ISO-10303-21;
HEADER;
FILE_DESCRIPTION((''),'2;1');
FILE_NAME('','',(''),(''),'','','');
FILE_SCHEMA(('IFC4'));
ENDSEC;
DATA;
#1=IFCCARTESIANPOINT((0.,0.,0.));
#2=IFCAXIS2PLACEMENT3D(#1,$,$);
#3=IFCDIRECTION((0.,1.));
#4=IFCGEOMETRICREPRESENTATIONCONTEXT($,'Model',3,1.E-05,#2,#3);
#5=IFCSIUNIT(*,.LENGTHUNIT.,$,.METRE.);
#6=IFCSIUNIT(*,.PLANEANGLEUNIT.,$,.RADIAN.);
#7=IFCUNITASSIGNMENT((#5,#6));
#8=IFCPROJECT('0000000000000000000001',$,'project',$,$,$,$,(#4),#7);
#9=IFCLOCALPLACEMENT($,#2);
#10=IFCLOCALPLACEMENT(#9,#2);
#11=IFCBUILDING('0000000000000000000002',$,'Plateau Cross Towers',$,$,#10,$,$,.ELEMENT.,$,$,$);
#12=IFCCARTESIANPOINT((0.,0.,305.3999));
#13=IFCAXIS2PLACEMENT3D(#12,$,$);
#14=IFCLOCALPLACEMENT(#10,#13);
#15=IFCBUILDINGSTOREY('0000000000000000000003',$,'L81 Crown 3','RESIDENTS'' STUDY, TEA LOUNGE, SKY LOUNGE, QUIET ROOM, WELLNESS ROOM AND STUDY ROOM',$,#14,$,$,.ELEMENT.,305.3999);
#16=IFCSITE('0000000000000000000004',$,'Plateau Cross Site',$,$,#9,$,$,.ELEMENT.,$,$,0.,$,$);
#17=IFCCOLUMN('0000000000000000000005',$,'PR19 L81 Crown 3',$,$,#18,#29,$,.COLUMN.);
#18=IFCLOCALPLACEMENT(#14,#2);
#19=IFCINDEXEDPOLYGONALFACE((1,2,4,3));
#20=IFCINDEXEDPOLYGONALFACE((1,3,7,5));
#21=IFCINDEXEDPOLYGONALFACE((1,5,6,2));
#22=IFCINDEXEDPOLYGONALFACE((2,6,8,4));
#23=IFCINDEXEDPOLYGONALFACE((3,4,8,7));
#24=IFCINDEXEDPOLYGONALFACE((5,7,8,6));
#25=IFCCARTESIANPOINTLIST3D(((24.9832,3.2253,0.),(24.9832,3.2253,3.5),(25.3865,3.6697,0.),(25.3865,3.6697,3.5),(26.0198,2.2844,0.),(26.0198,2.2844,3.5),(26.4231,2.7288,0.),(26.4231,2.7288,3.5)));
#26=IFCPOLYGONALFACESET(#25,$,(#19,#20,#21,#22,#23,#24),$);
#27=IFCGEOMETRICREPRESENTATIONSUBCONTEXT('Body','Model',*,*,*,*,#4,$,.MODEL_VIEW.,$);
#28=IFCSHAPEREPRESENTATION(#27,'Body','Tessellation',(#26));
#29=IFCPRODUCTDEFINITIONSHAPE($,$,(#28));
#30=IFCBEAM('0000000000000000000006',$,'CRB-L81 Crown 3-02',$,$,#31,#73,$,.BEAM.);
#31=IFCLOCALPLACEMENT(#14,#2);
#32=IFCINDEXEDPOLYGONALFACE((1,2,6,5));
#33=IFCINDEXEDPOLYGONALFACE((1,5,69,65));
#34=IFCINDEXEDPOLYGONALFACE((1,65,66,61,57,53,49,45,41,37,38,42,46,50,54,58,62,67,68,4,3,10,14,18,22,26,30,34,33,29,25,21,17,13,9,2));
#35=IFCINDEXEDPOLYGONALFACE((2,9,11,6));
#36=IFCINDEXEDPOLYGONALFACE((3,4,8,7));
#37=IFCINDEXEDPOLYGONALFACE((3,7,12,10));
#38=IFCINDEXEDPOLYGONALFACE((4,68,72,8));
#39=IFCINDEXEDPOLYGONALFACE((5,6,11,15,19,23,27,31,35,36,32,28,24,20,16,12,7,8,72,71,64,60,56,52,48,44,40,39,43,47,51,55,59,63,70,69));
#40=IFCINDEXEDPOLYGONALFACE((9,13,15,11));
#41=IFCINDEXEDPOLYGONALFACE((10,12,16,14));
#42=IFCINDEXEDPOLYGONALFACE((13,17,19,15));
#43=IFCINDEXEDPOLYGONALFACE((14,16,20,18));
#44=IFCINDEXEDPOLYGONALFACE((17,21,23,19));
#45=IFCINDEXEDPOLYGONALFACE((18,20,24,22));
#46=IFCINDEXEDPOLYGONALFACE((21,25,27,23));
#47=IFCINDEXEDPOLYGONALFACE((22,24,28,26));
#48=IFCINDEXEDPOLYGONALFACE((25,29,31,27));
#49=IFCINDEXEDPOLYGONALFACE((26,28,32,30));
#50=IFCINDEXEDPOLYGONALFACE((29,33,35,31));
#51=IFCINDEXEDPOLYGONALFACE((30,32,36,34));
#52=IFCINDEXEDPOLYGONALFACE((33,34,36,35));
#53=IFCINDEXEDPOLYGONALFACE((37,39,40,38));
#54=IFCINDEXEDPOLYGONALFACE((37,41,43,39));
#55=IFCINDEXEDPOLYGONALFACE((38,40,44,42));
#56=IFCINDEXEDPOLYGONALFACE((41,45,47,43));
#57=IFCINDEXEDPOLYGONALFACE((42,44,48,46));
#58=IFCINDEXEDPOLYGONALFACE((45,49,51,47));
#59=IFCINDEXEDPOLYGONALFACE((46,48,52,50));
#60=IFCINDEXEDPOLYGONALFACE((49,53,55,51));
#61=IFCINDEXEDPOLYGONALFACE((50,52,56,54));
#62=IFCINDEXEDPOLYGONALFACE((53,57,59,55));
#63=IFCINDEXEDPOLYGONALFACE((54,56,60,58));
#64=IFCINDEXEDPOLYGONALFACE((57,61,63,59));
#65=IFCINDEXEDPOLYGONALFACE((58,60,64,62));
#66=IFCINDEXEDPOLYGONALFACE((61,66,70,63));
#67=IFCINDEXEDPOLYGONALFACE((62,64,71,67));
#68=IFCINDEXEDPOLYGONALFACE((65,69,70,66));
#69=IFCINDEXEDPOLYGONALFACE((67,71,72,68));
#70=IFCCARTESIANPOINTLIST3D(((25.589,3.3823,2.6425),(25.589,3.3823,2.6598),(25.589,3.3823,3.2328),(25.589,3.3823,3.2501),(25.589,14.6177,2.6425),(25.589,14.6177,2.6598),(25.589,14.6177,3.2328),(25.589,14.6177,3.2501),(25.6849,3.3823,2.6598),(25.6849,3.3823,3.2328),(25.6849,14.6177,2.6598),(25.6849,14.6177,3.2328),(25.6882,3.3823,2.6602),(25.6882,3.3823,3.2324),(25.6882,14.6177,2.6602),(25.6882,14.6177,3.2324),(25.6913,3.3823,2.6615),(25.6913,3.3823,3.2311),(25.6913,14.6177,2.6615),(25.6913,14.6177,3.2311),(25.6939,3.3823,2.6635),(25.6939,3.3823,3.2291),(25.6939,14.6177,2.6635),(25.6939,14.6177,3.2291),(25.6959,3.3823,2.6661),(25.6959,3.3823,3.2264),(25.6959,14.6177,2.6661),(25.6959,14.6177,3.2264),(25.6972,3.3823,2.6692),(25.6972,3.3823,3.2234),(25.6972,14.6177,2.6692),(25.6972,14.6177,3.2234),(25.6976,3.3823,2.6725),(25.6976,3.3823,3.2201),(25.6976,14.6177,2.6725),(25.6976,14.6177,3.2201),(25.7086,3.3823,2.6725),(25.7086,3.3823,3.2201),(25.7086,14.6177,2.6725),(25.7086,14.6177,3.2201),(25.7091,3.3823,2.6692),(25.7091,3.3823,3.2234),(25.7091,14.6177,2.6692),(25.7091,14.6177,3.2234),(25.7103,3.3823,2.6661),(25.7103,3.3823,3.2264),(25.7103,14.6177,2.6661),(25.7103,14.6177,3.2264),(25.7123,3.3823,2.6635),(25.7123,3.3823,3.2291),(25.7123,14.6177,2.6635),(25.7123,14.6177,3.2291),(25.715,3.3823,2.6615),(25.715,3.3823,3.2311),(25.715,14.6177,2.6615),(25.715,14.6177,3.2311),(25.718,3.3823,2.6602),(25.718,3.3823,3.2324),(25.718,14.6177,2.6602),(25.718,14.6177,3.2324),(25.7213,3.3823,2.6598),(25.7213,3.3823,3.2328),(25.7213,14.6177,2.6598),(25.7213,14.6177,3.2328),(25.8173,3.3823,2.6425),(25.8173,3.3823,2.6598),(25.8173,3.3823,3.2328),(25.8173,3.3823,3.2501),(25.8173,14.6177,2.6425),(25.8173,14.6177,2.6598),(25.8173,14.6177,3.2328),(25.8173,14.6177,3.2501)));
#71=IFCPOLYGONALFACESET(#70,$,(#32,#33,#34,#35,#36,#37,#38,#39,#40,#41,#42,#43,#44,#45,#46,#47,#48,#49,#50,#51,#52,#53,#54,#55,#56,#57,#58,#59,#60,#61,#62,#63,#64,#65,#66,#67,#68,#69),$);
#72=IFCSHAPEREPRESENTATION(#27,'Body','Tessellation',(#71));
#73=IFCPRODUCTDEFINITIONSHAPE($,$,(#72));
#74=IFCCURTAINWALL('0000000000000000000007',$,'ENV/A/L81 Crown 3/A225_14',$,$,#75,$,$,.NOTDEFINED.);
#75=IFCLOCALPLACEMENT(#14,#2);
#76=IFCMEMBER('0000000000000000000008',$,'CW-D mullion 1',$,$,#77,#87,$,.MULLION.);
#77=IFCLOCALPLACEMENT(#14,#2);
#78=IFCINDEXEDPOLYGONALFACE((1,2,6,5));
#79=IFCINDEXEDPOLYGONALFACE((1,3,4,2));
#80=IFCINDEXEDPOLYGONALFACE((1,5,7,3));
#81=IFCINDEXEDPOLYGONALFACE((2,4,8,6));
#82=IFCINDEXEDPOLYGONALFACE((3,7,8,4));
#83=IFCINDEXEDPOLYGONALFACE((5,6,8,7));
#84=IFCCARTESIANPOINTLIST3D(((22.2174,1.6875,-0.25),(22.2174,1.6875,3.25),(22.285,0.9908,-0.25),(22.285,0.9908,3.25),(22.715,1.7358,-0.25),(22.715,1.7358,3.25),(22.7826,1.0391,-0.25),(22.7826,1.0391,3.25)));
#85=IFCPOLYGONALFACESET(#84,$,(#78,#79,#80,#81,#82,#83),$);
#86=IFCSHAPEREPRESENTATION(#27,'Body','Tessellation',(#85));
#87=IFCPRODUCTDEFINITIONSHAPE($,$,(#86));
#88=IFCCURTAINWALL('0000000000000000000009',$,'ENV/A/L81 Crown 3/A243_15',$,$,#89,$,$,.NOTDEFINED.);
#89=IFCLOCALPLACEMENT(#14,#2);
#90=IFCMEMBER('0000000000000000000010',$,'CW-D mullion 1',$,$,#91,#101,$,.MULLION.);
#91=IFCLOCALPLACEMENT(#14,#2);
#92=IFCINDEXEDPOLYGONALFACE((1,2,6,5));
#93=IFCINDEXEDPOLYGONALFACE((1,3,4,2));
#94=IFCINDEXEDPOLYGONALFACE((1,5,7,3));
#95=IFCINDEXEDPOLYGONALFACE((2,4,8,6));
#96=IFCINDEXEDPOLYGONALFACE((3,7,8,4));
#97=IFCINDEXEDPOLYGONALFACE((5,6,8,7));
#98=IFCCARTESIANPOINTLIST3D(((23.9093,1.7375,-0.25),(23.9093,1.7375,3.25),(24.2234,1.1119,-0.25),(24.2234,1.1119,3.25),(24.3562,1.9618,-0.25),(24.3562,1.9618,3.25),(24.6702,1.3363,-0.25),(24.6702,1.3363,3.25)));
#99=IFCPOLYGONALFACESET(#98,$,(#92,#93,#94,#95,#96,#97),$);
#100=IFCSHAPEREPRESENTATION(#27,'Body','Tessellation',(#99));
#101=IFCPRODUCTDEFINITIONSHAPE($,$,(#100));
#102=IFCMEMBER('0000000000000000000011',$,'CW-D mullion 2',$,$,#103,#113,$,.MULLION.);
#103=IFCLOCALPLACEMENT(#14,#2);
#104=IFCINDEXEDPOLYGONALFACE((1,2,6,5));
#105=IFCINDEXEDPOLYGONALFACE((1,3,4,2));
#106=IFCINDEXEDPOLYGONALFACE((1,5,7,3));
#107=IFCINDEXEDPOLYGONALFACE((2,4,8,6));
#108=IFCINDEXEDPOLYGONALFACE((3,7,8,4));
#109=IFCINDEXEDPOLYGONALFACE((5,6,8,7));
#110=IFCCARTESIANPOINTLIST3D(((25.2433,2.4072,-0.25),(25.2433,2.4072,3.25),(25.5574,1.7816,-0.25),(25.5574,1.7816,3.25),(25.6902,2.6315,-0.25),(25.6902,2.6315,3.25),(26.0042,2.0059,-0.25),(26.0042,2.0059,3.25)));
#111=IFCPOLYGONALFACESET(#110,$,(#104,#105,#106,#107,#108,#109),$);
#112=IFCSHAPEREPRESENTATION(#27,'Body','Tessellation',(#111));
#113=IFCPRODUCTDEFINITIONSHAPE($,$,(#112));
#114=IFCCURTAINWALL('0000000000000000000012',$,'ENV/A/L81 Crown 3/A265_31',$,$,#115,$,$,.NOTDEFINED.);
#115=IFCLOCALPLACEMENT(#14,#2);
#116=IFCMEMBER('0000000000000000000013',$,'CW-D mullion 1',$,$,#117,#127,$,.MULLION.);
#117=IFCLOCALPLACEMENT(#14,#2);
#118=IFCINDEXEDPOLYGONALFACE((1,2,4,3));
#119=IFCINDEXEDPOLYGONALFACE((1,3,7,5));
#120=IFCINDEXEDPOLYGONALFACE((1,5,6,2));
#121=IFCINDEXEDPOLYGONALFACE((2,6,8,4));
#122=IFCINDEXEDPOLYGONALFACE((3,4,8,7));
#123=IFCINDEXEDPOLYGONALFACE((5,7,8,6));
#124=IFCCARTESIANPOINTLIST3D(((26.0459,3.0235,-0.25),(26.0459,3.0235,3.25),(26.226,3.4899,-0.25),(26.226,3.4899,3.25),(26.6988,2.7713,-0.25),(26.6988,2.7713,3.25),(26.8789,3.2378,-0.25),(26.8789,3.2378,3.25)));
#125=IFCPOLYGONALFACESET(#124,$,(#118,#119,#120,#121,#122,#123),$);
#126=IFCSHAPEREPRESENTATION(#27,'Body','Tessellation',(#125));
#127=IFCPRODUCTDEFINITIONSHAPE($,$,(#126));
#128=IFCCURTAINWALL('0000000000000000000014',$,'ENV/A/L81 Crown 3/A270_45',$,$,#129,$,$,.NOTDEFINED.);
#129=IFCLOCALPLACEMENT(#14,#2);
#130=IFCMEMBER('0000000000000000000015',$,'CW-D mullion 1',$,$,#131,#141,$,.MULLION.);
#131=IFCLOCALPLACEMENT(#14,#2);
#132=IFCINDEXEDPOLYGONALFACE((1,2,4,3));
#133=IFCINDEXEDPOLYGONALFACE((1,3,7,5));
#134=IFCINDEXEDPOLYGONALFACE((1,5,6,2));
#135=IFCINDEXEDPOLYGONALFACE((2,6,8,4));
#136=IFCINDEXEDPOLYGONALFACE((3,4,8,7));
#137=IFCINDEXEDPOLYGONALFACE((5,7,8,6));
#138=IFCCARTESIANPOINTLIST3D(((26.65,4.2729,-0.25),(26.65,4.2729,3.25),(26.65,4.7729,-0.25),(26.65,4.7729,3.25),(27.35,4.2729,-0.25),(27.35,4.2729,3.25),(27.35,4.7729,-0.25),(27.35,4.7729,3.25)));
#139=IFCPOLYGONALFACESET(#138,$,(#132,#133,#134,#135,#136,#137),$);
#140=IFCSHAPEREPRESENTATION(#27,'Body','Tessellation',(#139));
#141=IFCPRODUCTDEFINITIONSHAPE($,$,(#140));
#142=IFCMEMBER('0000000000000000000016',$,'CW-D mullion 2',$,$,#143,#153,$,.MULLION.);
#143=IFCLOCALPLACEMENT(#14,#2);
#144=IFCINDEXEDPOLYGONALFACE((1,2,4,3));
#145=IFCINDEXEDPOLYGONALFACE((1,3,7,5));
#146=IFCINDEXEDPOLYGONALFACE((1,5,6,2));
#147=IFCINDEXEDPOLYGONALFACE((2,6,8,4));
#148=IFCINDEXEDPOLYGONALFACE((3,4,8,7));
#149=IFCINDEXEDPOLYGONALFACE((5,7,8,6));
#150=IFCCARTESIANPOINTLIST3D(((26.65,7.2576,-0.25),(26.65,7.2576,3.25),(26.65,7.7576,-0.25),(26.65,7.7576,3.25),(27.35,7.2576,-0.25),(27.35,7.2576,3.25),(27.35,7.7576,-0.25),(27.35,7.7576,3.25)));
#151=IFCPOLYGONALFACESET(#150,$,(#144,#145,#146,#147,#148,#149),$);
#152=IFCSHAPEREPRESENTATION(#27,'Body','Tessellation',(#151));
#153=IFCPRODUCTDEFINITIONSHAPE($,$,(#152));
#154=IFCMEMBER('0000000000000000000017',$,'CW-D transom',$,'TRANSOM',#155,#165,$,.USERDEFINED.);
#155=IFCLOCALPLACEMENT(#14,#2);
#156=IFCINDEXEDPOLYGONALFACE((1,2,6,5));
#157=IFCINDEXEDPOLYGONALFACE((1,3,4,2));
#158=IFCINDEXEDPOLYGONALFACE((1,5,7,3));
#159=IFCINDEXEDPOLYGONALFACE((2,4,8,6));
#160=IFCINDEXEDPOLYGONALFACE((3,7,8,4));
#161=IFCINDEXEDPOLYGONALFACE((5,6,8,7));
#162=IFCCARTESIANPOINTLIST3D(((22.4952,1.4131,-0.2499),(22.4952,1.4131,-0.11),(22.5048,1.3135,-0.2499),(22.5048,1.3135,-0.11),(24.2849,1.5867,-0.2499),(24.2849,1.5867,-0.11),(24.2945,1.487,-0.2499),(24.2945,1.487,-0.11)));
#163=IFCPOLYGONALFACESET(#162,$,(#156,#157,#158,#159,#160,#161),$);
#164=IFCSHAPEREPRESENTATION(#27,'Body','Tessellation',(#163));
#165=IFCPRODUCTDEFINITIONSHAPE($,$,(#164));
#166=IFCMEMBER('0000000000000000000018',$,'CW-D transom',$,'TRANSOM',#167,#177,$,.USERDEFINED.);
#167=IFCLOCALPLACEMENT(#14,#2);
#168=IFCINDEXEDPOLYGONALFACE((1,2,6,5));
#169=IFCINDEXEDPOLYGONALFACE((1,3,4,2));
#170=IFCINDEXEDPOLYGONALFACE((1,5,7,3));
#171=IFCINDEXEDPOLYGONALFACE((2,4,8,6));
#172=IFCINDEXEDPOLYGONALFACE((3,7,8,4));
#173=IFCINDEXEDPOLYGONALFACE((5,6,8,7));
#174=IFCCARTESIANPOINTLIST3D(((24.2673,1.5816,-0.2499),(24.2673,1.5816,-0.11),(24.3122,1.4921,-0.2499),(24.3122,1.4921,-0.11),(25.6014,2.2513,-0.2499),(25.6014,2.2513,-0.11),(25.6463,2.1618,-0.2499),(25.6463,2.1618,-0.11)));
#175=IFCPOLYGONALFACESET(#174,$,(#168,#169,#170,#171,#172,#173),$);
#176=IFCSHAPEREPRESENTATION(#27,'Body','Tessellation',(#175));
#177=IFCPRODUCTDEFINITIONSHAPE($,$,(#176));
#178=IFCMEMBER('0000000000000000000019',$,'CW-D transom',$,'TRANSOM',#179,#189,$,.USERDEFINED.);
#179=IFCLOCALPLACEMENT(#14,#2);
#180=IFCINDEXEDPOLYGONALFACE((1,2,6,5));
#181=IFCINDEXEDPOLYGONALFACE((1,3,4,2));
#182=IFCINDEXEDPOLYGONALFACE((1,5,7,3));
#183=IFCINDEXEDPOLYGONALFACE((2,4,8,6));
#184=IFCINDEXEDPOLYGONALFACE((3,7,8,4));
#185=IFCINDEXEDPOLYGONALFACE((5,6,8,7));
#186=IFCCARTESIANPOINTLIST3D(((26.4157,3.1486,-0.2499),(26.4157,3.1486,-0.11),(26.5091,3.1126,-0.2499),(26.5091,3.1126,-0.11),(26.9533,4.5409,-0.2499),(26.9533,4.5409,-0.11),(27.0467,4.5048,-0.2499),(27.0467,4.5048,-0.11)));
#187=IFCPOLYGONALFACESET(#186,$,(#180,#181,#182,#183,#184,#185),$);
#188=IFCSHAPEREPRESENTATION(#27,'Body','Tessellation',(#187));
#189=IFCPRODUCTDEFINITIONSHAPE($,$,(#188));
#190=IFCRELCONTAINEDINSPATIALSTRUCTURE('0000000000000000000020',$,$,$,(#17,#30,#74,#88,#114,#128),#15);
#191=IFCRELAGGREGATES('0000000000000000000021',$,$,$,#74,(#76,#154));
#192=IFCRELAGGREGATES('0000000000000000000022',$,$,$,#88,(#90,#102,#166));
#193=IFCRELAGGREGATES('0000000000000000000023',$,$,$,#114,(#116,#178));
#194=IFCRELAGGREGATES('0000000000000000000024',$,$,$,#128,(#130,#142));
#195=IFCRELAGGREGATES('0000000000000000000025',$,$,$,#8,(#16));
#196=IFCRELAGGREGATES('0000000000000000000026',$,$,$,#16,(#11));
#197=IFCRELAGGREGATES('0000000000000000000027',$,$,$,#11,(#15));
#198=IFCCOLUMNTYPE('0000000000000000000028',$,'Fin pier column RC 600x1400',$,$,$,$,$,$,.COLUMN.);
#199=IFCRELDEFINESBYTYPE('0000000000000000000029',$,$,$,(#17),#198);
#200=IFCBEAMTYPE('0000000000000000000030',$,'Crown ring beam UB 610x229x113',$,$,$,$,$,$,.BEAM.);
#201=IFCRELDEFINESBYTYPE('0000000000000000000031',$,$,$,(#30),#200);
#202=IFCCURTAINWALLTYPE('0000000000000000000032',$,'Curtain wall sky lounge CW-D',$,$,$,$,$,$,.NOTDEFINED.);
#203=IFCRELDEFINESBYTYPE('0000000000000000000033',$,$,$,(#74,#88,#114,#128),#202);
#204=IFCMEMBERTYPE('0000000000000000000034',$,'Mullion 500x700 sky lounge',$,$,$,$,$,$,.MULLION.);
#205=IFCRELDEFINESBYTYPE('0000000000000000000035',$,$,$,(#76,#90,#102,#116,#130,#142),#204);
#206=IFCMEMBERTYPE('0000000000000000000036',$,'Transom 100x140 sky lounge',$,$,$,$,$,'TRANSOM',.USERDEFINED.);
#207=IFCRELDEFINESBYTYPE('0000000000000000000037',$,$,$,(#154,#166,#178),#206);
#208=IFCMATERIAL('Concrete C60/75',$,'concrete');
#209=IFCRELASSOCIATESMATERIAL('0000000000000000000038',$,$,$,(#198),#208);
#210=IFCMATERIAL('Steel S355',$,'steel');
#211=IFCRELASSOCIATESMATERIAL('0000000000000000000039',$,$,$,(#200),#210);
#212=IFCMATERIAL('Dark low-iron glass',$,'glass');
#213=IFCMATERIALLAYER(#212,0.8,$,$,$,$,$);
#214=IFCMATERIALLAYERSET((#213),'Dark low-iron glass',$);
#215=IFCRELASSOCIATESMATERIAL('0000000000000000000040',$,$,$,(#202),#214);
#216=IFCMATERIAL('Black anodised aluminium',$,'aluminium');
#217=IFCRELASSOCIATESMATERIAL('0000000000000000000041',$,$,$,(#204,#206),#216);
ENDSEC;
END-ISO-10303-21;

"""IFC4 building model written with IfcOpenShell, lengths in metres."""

from ifc_helpers import new_model, si_unit, direction, frame, origin, origin_2d, place, context, subcontext, project, spatial, rectangle, i_section, extrude, material, layer, layer_set, material_profile, profile_set, type_object, element, aggregate, save


model = new_model("IFC4")

# Units and contexts
model_context = context("Model", 3, precision=1e-05, world=origin(), true_north=direction((0.0, 1.0)))
body_context = subcontext(model_context, "Body", "Model", "MODEL_VIEW")
ifc_project = project(units=[si_unit("LENGTHUNIT", "METRE"), si_unit("PLANEANGLEUNIT", "RADIAN")], contexts=[model_context])

# Site, building, storey
site_placement = place(None, origin())
site = spatial("IfcSite", under=ifc_project, at=site_placement, Name="Plateau Cross Site", CompositionType="ELEMENT", RefElevation=0.0)
building_placement = place(site_placement, origin())
building = spatial("IfcBuilding", under=site, at=building_placement, Name="Plateau Cross Towers", CompositionType="ELEMENT")
storey_placement = place(building_placement, frame((0.0, 0.0, 305.3999)))
storey = spatial("IfcBuildingStorey", under=building, at=storey_placement, Name="L81 Crown 3", Description="RESIDENTS' STUDY, TEA LOUNGE, SKY LOUNGE, QUIET ROOM, WELLNESS ROOM AND STUDY ROOM", CompositionType="ELEMENT", Elevation=305.3999)

# Column
ifc_material_1 = material(Name="Concrete C60/75", Category="concrete")
ifc_material_profile_1 = material_profile(ifc_material_1, rectangle(XDim=0.6001, YDim=1.3999, at=origin_2d()), Name="RC 600x1400")
ifc_profile_set_1 = profile_set([ifc_material_profile_1], Name="Concrete C60/75")
column_type = type_object("IfcColumnType", Name="Fin pier column RC 600x1400", PredefinedType="COLUMN", material=ifc_profile_set_1)
column_placement = place(storey_placement, frame((25.7031, 2.9771, 0.0), z_axis=(0.0, 0.0, 1.0), x_axis=(0.672084, 0.740475, 0.0)))
element("IfcColumn", 1, at=column_placement, inside=storey, type_object=column_type, Name="PR19 L81 Crown 3", PredefinedType="COLUMN", context=body_context, shape_type="SweptSolid", body=[
    extrude(rectangle(XDim=0.6001, YDim=1.3999, at=origin_2d()), origin(), (0.0, 0.0, 1.0), 3.5),
])

# Beam
ifc_material_2 = material(Name="Steel S355", Category="steel")
ifc_material_profile_2 = material_profile(ifc_material_2, i_section(OverallWidth=0.2283, OverallDepth=0.6077, WebThickness=0.011, FlangeThickness=0.0173, FilletRadius=0.0127, at=origin_2d()), Name="UB 610x229x113")
ifc_profile_set_2 = profile_set([ifc_material_profile_2], Name="Steel S355")
beam_type = type_object("IfcBeamType", Name="Crown ring beam UB 610x229x113", PredefinedType="BEAM", material=ifc_profile_set_2)
beam_placement = place(storey_placement, frame((25.7031, 3.3823, 2.9463), z_axis=(0.0, 1.0, 0.0), x_axis=(-1.0, 0.0, 0.0)))
element("IfcBeam", 2, at=beam_placement, inside=storey, type_object=beam_type, Name="CRB-L81 Crown 3-02", PredefinedType="BEAM", context=body_context, shape_type="SweptSolid", body=[
    extrude(i_section(OverallWidth=0.2283, OverallDepth=0.6077, WebThickness=0.011, FlangeThickness=0.0173, FilletRadius=0.0127, at=origin_2d()), origin(), (0.0, 0.0, 1.0), 11.2354),
])

# Curtain wall, member
ifc_material_3 = material(Name="Dark low-iron glass", Category="glass")
ifc_layer_1 = layer(ifc_material_3, 0.8)
ifc_layer_set_1 = layer_set([ifc_layer_1], Name="Dark low-iron glass")
curtain_wall_type = type_object("IfcCurtainWallType", Name="Curtain wall sky lounge CW-D", PredefinedType="NOTDEFINED", material=ifc_layer_set_1)
curtain_wall_1_placement = place(storey_placement, origin())
curtain_wall_1 = element("IfcCurtainWall", 3, at=curtain_wall_1_placement, inside=storey, type_object=curtain_wall_type, Name="ENV/A/L81 Crown 3/A225_14", PredefinedType="NOTDEFINED")
ifc_material_4 = material(Name="Black anodised aluminium", Category="aluminium")
ifc_material_profile_3 = material_profile(ifc_material_4, rectangle(XDim=0.5, YDim=0.7, at=origin_2d()), Name="MULLION 500x700")
ifc_profile_set_3 = profile_set([ifc_material_profile_3], Name="Black anodised aluminium")
member_type_1 = type_object("IfcMemberType", Name="Mullion 500x700 sky lounge", PredefinedType="MULLION", material=ifc_profile_set_3)
member_1_placement = place(storey_placement, frame((22.5, 1.3633, -0.25), z_axis=(0.0, 0.0, 1.0), x_axis=(0.995323, 0.096606, 0.0)))
member_1 = element("IfcMember", 4, at=member_1_placement, type_object=member_type_1, Name="CW-D mullion 1", PredefinedType="MULLION", context=body_context, shape_type="SweptSolid", body=[
    extrude(rectangle(XDim=0.5, YDim=0.7, at=origin_2d()), origin(), (0.0, 0.0, 1.0), 3.5),
])

# Curtain wall, members
curtain_wall_2_placement = place(storey_placement, origin())
curtain_wall_2 = element("IfcCurtainWall", 5, at=curtain_wall_2_placement, inside=storey, type_object=curtain_wall_type, Name="ENV/A/L81 Crown 3/A243_15", PredefinedType="NOTDEFINED")
member_2_placement = place(storey_placement, frame((24.2898, 1.5369, -0.25), z_axis=(0.0, 0.0, 1.0), x_axis=(0.893702, 0.448661, 0.0)))
member_2 = element("IfcMember", 6, at=member_2_placement, type_object=member_type_1, Name="CW-D mullion 1", PredefinedType="MULLION", context=body_context, shape_type="SweptSolid", body=[
    extrude(rectangle(XDim=0.5, YDim=0.7, at=origin_2d()), origin(), (0.0, 0.0, 1.0), 3.5),
])
member_3_placement = place(storey_placement, frame((25.6238, 2.2065, -0.25), z_axis=(0.0, 0.0, 1.0), x_axis=(0.893702, 0.448661, 0.0)))
member_3 = element("IfcMember", 7, at=member_3_placement, type_object=member_type_1, Name="CW-D mullion 2", PredefinedType="MULLION", context=body_context, shape_type="SweptSolid", body=[
    extrude(rectangle(XDim=0.5, YDim=0.7, at=origin_2d()), origin(), (0.0, 0.0, 1.0), 3.5),
])

# Curtain wall, member
curtain_wall_3_placement = place(storey_placement, origin())
curtain_wall_3 = element("IfcCurtainWall", 8, at=curtain_wall_3_placement, inside=storey, type_object=curtain_wall_type, Name="ENV/A/L81 Crown 3/A265_31", PredefinedType="NOTDEFINED")
member_4_placement = place(storey_placement, frame((26.4624, 3.1306, -0.25), z_axis=(0.0, 0.0, 1.0), x_axis=(0.360226, 0.932865, 0.0)))
member_4 = element("IfcMember", 9, at=member_4_placement, type_object=member_type_1, Name="CW-D mullion 1", PredefinedType="MULLION", context=body_context, shape_type="SweptSolid", body=[
    extrude(rectangle(XDim=0.5, YDim=0.7, at=origin_2d()), origin(), (0.0, 0.0, 1.0), 3.5),
])

# Curtain wall, members
curtain_wall_4_placement = place(storey_placement, origin())
curtain_wall_4 = element("IfcCurtainWall", 10, at=curtain_wall_4_placement, inside=storey, type_object=curtain_wall_type, Name="ENV/A/L81 Crown 3/A270_45", PredefinedType="NOTDEFINED")
member_5_placement = place(storey_placement, frame((27.0, 4.5229, -0.25), z_axis=(0.0, 0.0, 1.0), x_axis=(0.0, 1.0, 0.0)))
member_5 = element("IfcMember", 11, at=member_5_placement, type_object=member_type_1, Name="CW-D mullion 1", PredefinedType="MULLION", context=body_context, shape_type="SweptSolid", body=[
    extrude(rectangle(XDim=0.5, YDim=0.7, at=origin_2d()), origin(), (0.0, 0.0, 1.0), 3.5),
])
member_6_placement = place(storey_placement, frame((27.0, 7.5076, -0.25), z_axis=(0.0, 0.0, 1.0), x_axis=(0.0, 1.0, 0.0)))
member_6 = element("IfcMember", 12, at=member_6_placement, type_object=member_type_1, Name="CW-D mullion 2", PredefinedType="MULLION", context=body_context, shape_type="SweptSolid", body=[
    extrude(rectangle(XDim=0.5, YDim=0.7, at=origin_2d()), origin(), (0.0, 0.0, 1.0), 3.5),
])

# Members
ifc_material_profile_4 = material_profile(ifc_material_4, rectangle(XDim=0.1001, YDim=0.1399, at=origin_2d()), Name="TRANSOM 100x140")
ifc_profile_set_4 = profile_set([ifc_material_profile_4], Name="Black anodised aluminium")
member_type_2 = type_object("IfcMemberType", Name="Transom 100x140 sky lounge", ElementType="TRANSOM", PredefinedType="USERDEFINED", material=ifc_profile_set_4)
member_7_placement = place(storey_placement, frame((22.5, 1.3633, -0.1799), z_axis=(0.99533, 0.096532, 0.0), x_axis=(-0.096532, 0.99533, 0.0)))
member_7 = element("IfcMember", 13, at=member_7_placement, type_object=member_type_2, Name="CW-D transom", ObjectType="TRANSOM", PredefinedType="USERDEFINED", context=body_context, shape_type="SweptSolid", body=[
    extrude(rectangle(XDim=0.1001, YDim=0.1399, at=origin_2d()), origin(), (0.0, 0.0, 1.0), 1.7981),
])
member_8_placement = place(storey_placement, frame((24.2898, 1.5369, -0.1799), z_axis=(0.893706, 0.448652, 0.0), x_axis=(-0.448652, 0.893706, 0.0)))
member_8 = element("IfcMember", 14, at=member_8_placement, type_object=member_type_2, Name="CW-D transom", ObjectType="TRANSOM", PredefinedType="USERDEFINED", context=body_context, shape_type="SweptSolid", body=[
    extrude(rectangle(XDim=0.1001, YDim=0.1399, at=origin_2d()), origin(), (0.0, 0.0, 1.0), 1.4927),
])
member_9_placement = place(storey_placement, frame((26.4624, 3.1306, -0.1799), z_axis=(0.360195, 0.932877, 0.0), x_axis=(-0.932877, 0.360195, 0.0)))
member_9 = element("IfcMember", 15, at=member_9_placement, type_object=member_type_2, Name="CW-D transom", ObjectType="TRANSOM", PredefinedType="USERDEFINED", context=body_context, shape_type="SweptSolid", body=[
    extrude(rectangle(XDim=0.1001, YDim=0.1399, at=origin_2d()), origin(), (0.0, 0.0, 1.0), 1.4924),
])

aggregate(curtain_wall_1, [member_1, member_7])
aggregate(curtain_wall_2, [member_2, member_3, member_8])
aggregate(curtain_wall_3, [member_4, member_9])
aggregate(curtain_wall_4, [member_5, member_6])

save(model, "model.ifc")
